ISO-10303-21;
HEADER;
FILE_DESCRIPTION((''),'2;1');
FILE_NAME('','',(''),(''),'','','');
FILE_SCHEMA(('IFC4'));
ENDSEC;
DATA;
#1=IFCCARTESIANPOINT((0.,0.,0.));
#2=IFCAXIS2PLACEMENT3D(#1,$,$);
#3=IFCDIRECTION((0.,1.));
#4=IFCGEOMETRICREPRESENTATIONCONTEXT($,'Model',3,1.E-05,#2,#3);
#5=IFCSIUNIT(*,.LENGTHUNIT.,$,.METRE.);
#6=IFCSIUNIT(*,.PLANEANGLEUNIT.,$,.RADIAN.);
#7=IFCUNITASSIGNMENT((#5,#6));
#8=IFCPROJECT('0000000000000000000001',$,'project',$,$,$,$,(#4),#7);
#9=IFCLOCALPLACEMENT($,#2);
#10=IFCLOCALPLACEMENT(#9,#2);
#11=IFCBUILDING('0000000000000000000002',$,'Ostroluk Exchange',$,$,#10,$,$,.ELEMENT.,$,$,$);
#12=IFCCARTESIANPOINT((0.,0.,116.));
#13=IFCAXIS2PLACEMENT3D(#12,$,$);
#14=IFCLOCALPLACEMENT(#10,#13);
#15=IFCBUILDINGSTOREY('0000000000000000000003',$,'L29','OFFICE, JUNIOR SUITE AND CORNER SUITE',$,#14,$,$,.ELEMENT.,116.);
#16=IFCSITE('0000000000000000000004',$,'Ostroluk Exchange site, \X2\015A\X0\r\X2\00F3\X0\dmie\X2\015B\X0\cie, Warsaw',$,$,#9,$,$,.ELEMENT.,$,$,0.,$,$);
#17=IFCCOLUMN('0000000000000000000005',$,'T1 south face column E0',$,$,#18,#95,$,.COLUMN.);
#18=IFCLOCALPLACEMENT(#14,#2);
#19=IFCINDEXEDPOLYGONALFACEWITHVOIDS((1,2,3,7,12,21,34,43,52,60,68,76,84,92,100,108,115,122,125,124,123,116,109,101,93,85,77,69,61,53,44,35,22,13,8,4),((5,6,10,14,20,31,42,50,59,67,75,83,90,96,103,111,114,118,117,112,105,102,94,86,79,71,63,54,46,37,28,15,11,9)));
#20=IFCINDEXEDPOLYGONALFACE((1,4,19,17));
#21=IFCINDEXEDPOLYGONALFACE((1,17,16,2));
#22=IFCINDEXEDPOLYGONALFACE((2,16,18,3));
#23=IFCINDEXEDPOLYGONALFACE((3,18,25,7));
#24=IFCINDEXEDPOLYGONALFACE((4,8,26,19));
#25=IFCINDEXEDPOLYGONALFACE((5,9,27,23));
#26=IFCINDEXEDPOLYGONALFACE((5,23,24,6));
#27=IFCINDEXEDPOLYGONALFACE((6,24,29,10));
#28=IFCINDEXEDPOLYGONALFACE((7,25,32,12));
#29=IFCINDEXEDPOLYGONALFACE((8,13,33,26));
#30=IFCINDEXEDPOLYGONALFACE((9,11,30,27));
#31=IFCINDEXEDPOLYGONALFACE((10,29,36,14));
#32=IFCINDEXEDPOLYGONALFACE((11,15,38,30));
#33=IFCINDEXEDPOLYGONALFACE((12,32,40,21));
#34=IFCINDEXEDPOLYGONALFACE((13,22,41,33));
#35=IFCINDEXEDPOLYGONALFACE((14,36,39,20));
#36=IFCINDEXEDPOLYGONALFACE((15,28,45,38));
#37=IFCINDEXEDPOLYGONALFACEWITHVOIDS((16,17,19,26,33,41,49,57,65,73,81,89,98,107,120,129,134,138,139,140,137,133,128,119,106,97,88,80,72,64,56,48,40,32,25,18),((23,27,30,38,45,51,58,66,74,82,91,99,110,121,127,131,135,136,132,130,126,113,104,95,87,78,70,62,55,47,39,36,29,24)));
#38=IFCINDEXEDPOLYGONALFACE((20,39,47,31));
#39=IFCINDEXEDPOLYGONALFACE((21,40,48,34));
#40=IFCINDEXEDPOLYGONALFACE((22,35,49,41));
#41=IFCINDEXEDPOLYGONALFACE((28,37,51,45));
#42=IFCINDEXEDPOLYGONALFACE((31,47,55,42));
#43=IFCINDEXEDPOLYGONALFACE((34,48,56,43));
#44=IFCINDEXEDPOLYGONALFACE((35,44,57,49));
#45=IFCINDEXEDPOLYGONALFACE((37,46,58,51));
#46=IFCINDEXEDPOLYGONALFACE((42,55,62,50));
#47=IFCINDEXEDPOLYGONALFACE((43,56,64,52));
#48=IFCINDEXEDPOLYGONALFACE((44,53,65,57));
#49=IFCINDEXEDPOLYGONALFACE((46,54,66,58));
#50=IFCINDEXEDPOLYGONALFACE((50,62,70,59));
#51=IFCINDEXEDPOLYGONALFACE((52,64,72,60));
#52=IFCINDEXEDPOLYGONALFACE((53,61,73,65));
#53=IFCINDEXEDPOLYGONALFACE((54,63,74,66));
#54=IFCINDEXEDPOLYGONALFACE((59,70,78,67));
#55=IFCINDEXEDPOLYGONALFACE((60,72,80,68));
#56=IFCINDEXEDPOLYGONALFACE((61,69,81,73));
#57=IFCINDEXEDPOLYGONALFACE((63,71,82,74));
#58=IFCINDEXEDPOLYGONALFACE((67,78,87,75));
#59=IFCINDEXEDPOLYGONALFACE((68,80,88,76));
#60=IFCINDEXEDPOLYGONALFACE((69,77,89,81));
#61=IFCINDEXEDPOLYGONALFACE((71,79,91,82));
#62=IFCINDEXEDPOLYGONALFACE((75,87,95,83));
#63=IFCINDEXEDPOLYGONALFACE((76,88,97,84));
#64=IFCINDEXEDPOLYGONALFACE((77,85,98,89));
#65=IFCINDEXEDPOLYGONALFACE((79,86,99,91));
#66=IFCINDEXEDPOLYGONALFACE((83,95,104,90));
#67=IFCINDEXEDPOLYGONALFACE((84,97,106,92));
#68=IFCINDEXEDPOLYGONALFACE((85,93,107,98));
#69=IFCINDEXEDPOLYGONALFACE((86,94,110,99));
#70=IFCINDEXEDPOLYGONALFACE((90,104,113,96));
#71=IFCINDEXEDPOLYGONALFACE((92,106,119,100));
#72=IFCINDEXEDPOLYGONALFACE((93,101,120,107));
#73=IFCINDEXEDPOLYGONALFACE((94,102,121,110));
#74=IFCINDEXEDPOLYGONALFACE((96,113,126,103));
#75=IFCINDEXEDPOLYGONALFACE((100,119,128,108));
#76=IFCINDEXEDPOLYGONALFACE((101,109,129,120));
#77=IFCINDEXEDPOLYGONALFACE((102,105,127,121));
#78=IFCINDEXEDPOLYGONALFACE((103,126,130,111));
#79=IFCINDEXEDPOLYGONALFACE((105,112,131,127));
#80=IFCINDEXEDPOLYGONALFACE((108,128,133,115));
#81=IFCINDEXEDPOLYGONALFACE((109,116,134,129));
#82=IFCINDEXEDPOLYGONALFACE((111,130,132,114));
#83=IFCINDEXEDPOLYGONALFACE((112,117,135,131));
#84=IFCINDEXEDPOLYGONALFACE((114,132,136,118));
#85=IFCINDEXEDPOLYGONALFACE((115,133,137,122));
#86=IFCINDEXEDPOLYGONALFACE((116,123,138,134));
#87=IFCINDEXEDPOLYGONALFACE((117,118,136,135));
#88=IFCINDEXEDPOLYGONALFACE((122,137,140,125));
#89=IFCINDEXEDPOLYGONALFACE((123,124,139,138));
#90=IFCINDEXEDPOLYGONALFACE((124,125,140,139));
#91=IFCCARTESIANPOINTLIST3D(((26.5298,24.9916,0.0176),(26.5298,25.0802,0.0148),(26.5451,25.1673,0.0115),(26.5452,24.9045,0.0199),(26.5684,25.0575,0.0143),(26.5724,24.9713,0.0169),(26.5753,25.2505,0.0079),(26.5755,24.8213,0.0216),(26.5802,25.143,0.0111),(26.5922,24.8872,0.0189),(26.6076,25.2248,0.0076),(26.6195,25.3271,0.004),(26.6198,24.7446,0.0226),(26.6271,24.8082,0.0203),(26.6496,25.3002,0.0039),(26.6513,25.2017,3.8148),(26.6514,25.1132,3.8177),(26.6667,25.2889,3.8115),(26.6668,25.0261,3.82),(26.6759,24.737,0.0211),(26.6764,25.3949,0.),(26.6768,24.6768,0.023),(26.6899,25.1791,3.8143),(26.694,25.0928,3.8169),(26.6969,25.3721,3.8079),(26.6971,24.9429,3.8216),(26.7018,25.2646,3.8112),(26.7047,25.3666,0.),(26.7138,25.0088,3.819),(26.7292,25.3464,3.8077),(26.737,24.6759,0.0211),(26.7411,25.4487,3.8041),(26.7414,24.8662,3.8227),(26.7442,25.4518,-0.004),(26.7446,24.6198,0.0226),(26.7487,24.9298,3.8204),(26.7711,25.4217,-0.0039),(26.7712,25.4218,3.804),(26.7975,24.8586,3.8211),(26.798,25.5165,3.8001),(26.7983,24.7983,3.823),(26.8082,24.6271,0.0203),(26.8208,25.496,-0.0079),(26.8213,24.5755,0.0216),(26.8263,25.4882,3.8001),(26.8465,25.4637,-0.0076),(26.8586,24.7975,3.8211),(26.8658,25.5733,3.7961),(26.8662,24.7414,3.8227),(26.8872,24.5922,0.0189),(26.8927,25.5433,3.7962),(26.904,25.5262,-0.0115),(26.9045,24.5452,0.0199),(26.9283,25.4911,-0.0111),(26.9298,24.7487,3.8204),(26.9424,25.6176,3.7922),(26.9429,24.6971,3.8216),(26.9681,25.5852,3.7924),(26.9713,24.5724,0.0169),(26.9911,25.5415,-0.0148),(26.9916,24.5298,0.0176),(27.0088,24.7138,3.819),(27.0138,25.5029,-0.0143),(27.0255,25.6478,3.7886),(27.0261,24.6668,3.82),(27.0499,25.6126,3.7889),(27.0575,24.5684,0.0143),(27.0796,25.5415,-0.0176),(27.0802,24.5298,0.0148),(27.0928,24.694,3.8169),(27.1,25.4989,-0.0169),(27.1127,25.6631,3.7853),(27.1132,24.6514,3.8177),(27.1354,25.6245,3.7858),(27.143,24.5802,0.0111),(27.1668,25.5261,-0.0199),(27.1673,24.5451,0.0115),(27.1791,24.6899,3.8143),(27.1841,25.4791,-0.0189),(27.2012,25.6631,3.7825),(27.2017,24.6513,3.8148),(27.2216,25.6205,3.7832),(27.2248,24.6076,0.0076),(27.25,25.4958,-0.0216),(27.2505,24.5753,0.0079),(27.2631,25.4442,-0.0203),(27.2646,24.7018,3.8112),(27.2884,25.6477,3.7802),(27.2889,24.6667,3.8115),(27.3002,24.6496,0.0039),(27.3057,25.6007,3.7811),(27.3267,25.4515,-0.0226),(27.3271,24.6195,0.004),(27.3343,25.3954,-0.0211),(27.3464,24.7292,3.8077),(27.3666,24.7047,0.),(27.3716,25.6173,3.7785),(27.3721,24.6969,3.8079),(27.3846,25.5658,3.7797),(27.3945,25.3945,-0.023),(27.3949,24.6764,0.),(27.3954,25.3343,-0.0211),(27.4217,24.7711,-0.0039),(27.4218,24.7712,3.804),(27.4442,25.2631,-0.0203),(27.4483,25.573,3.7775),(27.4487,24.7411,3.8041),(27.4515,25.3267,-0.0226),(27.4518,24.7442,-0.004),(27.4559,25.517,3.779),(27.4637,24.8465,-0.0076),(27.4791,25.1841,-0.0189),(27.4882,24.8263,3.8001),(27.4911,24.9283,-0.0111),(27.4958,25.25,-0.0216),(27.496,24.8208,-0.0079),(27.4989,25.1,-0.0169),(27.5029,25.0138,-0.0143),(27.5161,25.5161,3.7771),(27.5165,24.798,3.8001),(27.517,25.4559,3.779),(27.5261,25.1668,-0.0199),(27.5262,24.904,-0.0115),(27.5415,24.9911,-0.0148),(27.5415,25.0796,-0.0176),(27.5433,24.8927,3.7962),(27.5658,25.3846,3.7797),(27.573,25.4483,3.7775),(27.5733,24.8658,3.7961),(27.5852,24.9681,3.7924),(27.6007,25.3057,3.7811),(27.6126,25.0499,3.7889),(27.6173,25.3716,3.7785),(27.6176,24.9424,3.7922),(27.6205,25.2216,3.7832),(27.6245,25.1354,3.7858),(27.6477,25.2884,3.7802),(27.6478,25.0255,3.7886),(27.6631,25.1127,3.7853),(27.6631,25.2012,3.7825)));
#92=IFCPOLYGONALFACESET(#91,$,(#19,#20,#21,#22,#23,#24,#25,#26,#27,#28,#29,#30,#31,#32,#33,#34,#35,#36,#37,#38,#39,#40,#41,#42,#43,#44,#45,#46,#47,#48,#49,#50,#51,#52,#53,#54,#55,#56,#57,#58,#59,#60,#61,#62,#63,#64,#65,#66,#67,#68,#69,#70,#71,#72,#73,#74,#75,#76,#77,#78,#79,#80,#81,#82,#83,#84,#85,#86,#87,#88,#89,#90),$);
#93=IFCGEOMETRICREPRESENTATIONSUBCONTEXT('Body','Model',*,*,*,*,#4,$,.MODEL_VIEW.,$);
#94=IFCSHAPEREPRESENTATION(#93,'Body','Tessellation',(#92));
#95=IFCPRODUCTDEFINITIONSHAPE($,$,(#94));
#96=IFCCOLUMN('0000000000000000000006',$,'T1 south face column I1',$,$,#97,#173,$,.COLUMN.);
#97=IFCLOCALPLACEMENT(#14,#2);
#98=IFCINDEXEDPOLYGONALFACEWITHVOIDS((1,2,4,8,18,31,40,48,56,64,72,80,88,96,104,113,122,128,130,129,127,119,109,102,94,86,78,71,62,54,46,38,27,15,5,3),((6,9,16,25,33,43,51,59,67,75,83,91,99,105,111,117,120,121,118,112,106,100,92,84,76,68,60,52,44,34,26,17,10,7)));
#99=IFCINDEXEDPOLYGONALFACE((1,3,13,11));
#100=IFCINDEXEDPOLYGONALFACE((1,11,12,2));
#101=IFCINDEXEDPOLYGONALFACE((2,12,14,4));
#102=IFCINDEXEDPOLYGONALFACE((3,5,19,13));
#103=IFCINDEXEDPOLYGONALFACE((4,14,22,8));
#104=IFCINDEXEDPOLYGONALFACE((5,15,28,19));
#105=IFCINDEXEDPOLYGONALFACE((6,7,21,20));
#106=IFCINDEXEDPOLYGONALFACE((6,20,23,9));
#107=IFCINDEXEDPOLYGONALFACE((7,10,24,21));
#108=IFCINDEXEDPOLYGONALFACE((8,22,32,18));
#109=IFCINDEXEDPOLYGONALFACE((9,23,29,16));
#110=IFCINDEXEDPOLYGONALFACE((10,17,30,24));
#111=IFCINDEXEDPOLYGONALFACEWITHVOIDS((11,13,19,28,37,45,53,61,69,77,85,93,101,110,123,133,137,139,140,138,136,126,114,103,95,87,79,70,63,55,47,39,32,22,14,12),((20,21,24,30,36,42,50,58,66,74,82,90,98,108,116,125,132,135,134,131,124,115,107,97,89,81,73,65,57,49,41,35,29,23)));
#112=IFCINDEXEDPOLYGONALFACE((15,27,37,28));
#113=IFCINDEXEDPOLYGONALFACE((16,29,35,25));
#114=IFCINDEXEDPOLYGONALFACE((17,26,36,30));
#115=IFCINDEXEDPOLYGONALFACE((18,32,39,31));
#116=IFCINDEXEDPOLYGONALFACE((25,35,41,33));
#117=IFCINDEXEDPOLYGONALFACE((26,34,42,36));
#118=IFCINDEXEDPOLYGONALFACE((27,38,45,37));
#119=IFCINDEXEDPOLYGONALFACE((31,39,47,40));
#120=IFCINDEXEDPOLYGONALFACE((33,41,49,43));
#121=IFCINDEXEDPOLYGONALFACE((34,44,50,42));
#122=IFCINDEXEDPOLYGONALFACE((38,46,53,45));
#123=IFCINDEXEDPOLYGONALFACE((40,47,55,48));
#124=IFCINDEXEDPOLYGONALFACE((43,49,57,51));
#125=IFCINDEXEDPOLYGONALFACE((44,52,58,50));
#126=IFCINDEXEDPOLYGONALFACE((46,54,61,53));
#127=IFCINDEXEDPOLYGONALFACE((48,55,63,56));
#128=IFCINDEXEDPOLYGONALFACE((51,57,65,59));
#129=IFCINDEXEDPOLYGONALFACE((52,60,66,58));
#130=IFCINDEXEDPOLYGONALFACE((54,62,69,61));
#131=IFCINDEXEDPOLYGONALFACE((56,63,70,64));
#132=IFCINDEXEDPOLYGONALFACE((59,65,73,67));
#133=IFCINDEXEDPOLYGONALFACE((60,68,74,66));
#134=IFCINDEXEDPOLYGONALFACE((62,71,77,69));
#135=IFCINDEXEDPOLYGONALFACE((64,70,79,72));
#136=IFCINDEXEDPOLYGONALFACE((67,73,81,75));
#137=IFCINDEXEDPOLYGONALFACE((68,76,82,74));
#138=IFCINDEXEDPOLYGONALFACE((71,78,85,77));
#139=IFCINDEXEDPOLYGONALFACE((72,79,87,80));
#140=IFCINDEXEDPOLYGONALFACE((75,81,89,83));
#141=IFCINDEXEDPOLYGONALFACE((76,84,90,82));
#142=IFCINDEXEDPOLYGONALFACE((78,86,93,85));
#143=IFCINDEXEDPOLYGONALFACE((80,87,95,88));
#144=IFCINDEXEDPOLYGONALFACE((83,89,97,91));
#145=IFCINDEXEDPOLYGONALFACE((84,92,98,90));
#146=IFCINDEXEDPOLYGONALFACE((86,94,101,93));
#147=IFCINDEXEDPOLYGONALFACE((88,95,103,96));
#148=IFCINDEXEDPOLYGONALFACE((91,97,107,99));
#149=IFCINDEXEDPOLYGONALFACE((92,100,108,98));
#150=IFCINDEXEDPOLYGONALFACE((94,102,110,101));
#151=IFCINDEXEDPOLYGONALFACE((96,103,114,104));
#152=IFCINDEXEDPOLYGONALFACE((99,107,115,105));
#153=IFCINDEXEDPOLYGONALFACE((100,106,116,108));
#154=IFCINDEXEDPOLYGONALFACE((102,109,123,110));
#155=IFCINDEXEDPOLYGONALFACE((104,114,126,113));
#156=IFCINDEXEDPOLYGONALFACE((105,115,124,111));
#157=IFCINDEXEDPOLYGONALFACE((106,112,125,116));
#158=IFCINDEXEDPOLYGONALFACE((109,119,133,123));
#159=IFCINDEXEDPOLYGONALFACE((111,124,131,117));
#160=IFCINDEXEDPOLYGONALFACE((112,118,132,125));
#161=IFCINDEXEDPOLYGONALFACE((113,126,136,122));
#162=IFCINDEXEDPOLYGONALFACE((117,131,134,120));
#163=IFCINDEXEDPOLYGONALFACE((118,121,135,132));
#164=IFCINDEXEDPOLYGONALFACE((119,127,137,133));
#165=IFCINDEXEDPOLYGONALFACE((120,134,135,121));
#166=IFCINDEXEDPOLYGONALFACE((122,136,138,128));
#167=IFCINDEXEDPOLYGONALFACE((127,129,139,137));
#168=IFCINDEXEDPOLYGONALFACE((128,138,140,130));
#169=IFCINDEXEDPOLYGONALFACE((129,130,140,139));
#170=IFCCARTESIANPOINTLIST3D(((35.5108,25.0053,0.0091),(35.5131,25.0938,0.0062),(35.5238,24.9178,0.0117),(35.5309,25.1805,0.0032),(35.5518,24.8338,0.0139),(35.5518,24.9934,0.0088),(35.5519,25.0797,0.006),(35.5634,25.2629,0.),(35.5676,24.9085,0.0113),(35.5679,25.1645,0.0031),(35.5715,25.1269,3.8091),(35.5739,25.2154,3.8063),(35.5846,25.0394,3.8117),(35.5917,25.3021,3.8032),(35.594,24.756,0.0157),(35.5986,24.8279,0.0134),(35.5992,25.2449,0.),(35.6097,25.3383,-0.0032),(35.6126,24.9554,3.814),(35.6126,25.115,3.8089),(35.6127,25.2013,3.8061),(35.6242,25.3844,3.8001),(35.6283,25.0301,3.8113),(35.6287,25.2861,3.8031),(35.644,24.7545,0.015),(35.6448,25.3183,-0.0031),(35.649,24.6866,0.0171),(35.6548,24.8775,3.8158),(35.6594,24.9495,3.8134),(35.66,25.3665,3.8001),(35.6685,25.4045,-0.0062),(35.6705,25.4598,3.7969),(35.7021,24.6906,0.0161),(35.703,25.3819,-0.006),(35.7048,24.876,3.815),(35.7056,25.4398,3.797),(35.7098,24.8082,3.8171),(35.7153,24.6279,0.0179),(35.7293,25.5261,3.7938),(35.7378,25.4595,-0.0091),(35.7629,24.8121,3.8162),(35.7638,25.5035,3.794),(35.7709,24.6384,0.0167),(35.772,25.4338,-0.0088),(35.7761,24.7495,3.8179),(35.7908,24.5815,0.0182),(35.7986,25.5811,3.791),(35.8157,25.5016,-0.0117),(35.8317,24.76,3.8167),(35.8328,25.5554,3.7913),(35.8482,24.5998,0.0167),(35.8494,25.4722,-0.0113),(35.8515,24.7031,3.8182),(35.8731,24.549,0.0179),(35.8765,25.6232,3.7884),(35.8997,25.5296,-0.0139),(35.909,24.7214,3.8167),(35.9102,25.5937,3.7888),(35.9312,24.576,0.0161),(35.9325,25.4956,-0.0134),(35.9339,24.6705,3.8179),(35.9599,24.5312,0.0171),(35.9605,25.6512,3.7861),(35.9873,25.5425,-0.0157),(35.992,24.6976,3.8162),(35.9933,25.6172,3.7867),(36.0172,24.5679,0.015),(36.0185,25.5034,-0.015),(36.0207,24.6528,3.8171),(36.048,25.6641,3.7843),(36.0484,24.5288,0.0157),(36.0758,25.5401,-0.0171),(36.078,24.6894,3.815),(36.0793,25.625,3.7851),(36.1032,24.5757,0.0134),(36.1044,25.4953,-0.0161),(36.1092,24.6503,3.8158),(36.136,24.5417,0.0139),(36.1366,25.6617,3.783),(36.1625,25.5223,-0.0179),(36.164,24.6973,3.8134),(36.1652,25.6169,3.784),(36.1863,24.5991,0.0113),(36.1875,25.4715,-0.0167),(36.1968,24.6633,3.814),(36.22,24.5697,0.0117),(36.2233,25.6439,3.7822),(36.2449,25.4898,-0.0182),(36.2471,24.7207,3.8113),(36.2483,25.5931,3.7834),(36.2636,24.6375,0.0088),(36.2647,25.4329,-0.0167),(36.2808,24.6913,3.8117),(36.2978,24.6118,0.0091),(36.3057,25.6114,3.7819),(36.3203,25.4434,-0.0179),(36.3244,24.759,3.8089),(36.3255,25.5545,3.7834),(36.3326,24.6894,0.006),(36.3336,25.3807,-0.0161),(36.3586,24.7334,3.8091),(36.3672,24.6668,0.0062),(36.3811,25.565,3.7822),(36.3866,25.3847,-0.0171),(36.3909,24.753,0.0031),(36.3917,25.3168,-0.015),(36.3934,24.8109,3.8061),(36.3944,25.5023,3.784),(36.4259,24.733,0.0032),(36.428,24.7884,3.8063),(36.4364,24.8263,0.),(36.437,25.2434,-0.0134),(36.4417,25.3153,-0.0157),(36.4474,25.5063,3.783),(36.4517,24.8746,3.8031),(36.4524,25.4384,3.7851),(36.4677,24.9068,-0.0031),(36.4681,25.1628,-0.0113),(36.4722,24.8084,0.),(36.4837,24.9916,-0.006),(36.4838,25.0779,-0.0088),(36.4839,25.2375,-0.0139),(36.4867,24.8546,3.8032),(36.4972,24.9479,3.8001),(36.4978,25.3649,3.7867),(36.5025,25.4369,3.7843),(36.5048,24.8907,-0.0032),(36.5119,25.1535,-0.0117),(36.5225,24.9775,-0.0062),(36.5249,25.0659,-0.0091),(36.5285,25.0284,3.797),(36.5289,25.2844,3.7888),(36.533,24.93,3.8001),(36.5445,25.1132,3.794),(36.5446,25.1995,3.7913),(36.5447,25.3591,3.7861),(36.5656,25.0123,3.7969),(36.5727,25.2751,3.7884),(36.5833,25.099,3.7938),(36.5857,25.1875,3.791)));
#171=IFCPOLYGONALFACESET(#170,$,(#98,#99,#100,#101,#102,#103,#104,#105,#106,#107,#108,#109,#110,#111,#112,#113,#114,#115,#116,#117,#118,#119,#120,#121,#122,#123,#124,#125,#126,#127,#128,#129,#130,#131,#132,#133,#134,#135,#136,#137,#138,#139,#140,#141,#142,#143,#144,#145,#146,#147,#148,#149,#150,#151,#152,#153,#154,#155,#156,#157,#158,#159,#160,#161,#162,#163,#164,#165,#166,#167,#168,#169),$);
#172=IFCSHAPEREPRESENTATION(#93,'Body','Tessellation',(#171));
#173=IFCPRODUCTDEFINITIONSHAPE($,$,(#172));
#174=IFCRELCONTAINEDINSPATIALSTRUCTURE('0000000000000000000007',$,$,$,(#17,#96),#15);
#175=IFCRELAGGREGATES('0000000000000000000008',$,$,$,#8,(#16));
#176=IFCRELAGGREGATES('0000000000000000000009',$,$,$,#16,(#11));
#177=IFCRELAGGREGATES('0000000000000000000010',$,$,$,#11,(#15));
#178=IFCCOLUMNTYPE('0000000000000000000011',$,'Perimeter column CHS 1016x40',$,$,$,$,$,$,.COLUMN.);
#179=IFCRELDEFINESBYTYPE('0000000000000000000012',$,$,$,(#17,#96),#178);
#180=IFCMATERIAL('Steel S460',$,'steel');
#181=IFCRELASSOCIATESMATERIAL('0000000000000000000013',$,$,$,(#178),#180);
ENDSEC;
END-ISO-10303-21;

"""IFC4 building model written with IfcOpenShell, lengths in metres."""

from ifc_helpers import new_model, si_unit, direction, frame, origin, origin_2d, place, context, subcontext, project, spatial, hollow_circle, extrude, material, material_profile, profile_set, type_object, element, save


model = new_model("IFC4")

# Units and contexts
model_context = context("Model", 3, precision=1e-05, world=origin(), true_north=direction((0.0, 1.0)))
body_context = subcontext(model_context, "Body", "Model", "MODEL_VIEW")
ifc_project = project(units=[si_unit("LENGTHUNIT", "METRE"), si_unit("PLANEANGLEUNIT", "RADIAN")], contexts=[model_context])

# Site, building, storey
site_placement = place(None, origin())
site = spatial("IfcSite", under=ifc_project, at=site_placement, Name="Ostroluk Exchange site, Śródmieście, Warsaw", CompositionType="ELEMENT", RefElevation=0.0)
building_placement = place(site_placement, origin())
building = spatial("IfcBuilding", under=site, at=building_placement, Name="Ostroluk Exchange", CompositionType="ELEMENT")
storey_placement = place(building_placement, frame((0.0, 0.0, 116.0)))
storey = spatial("IfcBuildingStorey", under=building, at=storey_placement, Name="L29", Description="OFFICE, JUNIOR SUITE AND CORNER SUITE", CompositionType="ELEMENT", Elevation=116.0)

# Columns
ifc_material_1 = material(Name="Steel S460", Category="steel")
ifc_material_profile_1 = material_profile(ifc_material_1, hollow_circle(Radius=0.5081, WallThickness=0.04, at=origin_2d()), Name="CHS 1016x40")
ifc_profile_set_1 = profile_set([ifc_material_profile_1], Name="Steel S460")
column_type = type_object("IfcColumnType", Name="Perimeter column CHS 1016x40", PredefinedType="COLUMN", material=ifc_profile_set_1)
column_1_placement = place(storey_placement, frame((27.0356, 25.0356, 0.0), z_axis=(0.031962, 0.031962, 0.998978), x_axis=(-0.707107, 0.707107, 0.0)))
element("IfcColumn", 1, at=column_1_placement, inside=storey, type_object=column_type, Name="T1 south face column E0", PredefinedType="COLUMN", context=body_context, shape_type="SweptSolid", body=[
    extrude(hollow_circle(Radius=0.5081, WallThickness=0.04, at=origin_2d()), origin(), (0.0, 0.0, 1.0), 3.804),
])
column_2_placement = place(storey_placement, frame((36.0178, 25.0356, 0.0), z_axis=(0.015987, 0.031974, 0.999361), x_axis=(-0.894427, 0.447214, 0.0)))
element("IfcColumn", 2, at=column_2_placement, inside=storey, type_object=column_type, Name="T1 south face column I1", PredefinedType="COLUMN", context=body_context, shape_type="SweptSolid", body=[
    extrude(hollow_circle(Radius=0.5081, WallThickness=0.04, at=origin_2d()), origin(), (0.0, 0.0, 1.0), 3.8025),
])

save(model, "model.ifc")
